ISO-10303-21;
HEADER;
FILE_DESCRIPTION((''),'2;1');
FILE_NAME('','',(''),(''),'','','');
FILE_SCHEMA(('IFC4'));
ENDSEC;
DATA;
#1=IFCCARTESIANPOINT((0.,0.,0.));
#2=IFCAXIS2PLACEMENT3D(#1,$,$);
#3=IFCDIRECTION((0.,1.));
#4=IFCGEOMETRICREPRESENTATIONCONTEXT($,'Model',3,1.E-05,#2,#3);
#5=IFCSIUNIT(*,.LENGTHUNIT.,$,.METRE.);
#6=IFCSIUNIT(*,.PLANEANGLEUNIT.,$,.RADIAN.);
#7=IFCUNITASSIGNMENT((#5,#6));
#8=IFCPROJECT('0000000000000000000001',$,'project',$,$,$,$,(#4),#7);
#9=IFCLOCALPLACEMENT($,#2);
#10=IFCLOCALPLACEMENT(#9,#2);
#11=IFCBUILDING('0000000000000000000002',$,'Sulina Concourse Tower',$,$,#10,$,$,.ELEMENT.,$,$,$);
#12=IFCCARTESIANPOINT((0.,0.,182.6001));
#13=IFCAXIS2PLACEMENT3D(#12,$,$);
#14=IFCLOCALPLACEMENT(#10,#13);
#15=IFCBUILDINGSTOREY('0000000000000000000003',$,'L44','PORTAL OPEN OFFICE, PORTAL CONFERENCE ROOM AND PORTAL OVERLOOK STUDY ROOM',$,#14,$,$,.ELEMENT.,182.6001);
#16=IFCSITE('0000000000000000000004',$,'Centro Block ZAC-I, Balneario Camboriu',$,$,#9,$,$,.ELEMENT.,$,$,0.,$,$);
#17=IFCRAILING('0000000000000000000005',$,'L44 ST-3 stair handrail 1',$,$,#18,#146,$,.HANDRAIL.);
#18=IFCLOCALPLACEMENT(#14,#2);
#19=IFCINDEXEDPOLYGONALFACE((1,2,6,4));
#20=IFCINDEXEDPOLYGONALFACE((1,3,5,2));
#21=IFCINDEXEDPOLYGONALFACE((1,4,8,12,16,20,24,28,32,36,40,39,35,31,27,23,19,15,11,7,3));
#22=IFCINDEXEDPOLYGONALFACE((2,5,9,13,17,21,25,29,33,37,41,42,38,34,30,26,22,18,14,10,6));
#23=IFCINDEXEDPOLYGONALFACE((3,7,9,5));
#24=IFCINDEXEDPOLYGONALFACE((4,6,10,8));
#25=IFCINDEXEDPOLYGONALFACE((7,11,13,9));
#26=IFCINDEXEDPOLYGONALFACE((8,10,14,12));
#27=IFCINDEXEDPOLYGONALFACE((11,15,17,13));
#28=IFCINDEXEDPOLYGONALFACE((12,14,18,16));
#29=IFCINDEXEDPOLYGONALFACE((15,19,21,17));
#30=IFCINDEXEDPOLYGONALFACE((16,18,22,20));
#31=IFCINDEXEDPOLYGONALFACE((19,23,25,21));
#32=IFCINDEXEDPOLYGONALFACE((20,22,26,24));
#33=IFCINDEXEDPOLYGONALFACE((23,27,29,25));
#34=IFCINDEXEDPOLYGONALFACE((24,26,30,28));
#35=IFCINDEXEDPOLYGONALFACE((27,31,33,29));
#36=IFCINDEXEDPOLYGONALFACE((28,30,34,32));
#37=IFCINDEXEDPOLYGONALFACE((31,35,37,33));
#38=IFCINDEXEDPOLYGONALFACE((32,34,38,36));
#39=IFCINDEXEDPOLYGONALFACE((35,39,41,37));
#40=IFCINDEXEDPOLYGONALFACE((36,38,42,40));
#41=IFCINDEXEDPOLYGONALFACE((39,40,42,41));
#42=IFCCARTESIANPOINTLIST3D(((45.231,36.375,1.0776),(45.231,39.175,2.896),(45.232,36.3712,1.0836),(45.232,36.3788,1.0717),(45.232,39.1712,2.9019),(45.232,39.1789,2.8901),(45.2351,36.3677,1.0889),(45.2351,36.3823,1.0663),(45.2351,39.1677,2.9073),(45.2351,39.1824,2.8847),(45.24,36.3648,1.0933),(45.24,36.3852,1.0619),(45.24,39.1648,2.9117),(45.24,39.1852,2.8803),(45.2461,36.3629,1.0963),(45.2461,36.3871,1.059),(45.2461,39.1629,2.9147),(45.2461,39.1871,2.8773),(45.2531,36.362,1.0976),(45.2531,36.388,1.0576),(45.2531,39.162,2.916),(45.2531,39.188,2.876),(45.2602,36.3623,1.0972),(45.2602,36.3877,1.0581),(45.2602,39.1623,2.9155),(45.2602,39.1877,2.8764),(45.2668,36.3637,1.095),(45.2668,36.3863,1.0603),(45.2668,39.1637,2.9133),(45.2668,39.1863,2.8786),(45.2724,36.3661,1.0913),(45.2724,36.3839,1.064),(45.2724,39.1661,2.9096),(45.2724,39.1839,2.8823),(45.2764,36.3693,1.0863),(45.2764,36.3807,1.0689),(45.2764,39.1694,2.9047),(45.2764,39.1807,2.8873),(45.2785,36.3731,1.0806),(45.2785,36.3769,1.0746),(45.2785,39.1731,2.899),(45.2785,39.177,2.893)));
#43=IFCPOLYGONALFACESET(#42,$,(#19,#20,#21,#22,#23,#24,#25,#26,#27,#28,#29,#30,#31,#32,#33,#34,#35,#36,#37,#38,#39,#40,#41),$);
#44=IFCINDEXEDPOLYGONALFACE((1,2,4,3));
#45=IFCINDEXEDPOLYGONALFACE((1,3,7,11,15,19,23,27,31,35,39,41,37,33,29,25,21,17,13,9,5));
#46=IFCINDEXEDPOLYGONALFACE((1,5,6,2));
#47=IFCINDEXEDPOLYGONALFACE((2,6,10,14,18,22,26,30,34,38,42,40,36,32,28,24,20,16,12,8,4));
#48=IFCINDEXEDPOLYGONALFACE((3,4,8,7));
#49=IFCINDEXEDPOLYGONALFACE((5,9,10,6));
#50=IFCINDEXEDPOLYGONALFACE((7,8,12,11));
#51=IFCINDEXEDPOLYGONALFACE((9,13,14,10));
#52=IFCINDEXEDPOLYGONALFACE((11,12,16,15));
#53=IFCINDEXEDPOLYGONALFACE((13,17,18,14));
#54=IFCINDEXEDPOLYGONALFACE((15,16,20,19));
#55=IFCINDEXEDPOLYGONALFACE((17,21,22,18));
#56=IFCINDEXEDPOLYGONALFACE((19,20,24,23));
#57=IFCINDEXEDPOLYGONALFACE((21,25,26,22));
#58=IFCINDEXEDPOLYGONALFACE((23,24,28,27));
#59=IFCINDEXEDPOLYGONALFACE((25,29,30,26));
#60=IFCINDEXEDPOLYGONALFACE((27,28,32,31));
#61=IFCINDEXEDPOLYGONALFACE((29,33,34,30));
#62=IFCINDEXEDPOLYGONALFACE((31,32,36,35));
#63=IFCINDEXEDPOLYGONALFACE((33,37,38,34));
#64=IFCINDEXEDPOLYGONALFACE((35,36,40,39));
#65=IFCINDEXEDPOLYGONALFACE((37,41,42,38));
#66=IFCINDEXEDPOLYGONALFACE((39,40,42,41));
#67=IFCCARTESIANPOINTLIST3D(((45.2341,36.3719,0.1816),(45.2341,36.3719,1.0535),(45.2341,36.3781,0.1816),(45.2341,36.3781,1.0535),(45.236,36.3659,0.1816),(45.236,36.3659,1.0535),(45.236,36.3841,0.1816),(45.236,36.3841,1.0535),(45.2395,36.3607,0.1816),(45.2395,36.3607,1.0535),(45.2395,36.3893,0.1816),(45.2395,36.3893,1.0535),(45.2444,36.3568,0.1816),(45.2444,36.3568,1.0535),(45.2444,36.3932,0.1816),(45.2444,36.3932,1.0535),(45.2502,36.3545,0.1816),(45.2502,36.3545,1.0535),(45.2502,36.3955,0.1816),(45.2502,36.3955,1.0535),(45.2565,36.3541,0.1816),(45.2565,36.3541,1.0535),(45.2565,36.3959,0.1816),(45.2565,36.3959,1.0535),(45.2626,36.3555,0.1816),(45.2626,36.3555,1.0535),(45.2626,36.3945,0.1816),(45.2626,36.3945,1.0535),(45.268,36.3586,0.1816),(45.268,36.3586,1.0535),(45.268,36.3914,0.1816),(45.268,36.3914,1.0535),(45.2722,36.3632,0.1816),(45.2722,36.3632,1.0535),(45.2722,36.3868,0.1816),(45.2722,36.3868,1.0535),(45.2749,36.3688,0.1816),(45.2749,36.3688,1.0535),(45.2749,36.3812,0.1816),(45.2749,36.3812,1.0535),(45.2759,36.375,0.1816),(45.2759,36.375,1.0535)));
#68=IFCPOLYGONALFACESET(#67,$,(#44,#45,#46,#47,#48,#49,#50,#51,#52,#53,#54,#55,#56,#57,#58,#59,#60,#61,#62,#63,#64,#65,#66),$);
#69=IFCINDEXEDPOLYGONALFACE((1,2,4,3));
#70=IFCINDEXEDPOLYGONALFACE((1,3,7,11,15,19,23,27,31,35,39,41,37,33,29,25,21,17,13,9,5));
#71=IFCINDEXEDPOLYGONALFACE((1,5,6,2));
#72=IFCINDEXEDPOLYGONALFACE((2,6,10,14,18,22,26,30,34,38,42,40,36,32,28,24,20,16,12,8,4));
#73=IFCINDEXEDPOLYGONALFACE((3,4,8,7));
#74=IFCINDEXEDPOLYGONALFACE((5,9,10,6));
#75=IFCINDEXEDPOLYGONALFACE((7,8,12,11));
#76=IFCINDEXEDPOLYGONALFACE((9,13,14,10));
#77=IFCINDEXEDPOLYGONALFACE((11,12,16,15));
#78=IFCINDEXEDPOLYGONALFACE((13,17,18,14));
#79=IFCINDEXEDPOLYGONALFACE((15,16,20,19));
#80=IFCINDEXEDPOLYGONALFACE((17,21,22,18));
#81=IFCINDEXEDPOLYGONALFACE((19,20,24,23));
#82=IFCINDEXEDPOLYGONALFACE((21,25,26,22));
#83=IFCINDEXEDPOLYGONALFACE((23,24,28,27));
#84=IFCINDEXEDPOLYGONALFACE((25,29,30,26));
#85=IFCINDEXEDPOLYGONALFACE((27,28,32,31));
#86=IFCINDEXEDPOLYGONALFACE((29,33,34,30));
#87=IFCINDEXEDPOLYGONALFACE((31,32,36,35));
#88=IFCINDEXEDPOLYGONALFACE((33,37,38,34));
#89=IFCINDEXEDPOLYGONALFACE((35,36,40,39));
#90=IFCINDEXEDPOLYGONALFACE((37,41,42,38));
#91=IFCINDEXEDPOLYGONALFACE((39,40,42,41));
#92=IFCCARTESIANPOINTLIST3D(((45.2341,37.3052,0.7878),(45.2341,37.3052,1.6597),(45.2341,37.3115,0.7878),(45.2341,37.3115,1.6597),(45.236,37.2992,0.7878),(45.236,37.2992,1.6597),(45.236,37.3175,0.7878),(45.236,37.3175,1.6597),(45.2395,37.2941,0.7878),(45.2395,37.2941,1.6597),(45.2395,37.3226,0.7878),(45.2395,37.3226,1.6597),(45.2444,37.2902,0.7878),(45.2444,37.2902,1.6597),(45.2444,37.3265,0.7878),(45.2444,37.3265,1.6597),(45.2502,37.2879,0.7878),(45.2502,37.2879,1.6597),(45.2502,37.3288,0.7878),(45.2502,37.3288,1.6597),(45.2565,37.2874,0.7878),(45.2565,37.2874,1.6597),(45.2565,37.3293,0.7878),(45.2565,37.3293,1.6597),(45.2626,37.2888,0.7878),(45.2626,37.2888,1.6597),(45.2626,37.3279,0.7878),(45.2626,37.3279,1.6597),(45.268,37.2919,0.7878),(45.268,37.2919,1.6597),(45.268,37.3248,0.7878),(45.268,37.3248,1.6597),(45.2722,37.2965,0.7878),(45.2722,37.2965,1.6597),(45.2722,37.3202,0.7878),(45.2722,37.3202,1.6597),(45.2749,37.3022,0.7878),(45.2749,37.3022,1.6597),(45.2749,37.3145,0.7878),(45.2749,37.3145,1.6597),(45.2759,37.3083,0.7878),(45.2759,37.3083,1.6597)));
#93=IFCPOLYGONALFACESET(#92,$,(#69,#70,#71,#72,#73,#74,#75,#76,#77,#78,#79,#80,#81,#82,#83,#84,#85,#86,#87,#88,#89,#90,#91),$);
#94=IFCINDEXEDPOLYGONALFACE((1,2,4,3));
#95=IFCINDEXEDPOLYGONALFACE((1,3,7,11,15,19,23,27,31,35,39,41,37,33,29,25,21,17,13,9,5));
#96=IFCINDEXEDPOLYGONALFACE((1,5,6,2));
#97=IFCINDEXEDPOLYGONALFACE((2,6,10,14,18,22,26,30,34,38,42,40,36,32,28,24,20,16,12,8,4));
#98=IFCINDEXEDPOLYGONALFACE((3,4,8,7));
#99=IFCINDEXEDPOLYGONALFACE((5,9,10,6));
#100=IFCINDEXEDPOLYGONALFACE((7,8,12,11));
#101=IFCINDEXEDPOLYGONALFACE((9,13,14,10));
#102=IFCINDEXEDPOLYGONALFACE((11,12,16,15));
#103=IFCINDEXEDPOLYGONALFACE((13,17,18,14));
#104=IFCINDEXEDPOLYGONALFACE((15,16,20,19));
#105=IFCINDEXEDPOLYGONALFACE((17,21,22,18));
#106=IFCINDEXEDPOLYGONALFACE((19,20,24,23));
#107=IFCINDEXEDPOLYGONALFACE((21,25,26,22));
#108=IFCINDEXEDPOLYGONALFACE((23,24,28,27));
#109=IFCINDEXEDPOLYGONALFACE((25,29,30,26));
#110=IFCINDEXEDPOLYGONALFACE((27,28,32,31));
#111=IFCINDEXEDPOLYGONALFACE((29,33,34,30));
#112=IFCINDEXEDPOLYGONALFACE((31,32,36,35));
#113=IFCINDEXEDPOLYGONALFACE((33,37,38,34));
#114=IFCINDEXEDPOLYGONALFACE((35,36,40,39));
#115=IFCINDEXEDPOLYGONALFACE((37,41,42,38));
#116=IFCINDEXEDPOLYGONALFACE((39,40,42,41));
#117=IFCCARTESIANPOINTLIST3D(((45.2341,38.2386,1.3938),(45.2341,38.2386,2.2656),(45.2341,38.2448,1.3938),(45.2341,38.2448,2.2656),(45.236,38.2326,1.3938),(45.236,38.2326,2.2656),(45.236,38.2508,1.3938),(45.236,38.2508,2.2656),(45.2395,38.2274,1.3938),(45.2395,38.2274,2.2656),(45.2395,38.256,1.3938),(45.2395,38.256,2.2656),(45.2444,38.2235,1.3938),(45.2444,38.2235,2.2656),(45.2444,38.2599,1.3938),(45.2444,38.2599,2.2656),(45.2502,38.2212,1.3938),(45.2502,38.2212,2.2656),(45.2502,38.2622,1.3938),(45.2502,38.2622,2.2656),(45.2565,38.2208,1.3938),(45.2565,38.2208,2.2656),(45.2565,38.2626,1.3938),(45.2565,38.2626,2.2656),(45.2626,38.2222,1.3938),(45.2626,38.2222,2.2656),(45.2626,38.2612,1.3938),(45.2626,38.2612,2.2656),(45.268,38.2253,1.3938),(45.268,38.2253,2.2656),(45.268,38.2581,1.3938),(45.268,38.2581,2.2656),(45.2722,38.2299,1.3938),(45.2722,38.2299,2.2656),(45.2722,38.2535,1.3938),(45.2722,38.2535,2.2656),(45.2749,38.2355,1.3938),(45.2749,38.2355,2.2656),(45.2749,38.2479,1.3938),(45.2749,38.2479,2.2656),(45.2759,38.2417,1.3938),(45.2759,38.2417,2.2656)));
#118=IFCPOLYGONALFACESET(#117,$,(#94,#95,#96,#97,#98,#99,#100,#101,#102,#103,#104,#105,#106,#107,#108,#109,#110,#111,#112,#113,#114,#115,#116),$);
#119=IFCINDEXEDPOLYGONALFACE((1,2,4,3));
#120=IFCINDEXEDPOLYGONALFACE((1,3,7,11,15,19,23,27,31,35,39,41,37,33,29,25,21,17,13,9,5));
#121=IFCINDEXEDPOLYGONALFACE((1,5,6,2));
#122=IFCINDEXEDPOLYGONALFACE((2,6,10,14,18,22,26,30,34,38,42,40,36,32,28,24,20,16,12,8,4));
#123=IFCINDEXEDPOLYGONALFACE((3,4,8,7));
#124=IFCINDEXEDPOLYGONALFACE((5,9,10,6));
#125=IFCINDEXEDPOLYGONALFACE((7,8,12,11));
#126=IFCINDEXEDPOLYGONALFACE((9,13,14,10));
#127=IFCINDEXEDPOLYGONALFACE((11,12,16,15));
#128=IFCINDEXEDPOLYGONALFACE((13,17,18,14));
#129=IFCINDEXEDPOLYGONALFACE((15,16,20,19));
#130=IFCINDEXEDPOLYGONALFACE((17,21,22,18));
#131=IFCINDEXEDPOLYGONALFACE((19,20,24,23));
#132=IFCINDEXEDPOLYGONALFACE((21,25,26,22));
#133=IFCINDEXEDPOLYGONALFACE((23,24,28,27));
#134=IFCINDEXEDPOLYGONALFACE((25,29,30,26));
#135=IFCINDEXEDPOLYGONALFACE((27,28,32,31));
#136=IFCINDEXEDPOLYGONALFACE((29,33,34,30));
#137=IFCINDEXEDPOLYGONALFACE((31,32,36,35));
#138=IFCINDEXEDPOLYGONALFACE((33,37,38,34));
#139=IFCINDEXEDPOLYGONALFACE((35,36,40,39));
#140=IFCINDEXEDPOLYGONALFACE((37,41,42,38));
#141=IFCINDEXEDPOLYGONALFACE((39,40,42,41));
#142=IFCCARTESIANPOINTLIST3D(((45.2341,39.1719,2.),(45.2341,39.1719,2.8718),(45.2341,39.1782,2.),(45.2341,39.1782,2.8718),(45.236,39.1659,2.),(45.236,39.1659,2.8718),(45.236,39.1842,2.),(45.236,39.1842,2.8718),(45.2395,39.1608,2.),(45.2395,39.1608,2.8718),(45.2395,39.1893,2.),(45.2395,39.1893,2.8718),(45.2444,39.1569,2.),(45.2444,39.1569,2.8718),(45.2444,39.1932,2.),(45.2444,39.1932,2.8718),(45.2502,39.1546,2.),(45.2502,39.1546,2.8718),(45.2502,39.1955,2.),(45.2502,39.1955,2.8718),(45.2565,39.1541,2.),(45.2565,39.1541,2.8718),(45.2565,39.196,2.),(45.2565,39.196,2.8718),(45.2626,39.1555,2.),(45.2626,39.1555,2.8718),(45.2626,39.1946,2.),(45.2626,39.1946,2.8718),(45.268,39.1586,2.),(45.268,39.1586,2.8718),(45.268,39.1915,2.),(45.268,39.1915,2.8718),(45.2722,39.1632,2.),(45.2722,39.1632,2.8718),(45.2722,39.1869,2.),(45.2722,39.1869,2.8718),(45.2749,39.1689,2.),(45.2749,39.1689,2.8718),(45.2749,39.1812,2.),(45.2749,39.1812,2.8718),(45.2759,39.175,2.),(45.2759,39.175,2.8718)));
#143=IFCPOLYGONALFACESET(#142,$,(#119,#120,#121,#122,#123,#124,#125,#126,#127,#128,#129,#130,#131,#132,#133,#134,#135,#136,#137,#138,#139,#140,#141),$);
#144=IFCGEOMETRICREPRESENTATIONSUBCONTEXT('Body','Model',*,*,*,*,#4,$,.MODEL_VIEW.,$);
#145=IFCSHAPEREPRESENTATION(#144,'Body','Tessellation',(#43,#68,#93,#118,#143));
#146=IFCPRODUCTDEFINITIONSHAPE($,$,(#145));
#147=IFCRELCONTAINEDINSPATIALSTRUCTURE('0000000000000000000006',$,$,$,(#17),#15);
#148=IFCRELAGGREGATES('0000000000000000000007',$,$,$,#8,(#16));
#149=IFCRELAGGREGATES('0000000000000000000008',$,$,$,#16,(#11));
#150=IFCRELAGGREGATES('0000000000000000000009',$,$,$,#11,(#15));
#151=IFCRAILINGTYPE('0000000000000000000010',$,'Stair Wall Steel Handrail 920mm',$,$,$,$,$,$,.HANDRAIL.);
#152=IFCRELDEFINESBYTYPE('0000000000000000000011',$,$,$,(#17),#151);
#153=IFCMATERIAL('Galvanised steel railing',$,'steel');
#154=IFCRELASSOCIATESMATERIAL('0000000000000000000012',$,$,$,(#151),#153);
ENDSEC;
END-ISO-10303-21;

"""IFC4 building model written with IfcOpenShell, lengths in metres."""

from ifc_helpers import new_model, si_unit, direction, frame, origin, origin_2d, place, context, subcontext, project, spatial, circle, extrude, material, type_object, element, save


model = new_model("IFC4")

# Units and contexts
model_context = context("Model", 3, precision=1e-05, world=origin(), true_north=direction((0.0, 1.0)))
body_context = subcontext(model_context, "Body", "Model", "MODEL_VIEW")
ifc_project = project(units=[si_unit("LENGTHUNIT", "METRE"), si_unit("PLANEANGLEUNIT", "RADIAN")], contexts=[model_context])

# Site, building, storey
site_placement = place(None, origin())
site = spatial("IfcSite", under=ifc_project, at=site_placement, Name="Centro Block ZAC-I, Balneario Camboriu", CompositionType="ELEMENT", RefElevation=0.0)
building_placement = place(site_placement, origin())
building = spatial("IfcBuilding", under=site, at=building_placement, Name="Sulina Concourse Tower", CompositionType="ELEMENT")
storey_placement = place(building_placement, frame((0.0, 0.0, 182.6001)))
storey = spatial("IfcBuildingStorey", under=building, at=storey_placement, Name="L44", Description="PORTAL OPEN OFFICE, PORTAL CONFERENCE ROOM AND PORTAL OVERLOOK STUDY ROOM", CompositionType="ELEMENT", Elevation=182.6001)

# Railing
ifc_material_1 = material(Name="Galvanised steel railing", Category="steel")
railing_type_1 = type_object("IfcRailingType", Name="Stair Wall Steel Handrail 920mm", PredefinedType="HANDRAIL", material=ifc_material_1)
railing_1_placement = place(storey_placement, frame((45.2549, 36.375, 0.1816)))
element("IfcRailing", 1, at=railing_1_placement, inside=storey, type_object=railing_type_1, Name="L44 ST-3 stair handrail 1", PredefinedType="HANDRAIL", context=body_context, shape_type="SweptSolid", body=[
    extrude(circle(Radius=0.0239, at=origin_2d()), frame((0.0, 0.0, 0.896), z_axis=(0.0, 0.838672, 0.544636), x_axis=(-1.0, 0.0, 0.0)), (0.0, 0.0, 1.0), 3.3386),
    extrude(circle(Radius=0.021, at=origin_2d()), origin(), (0.0, 0.0, 1.0), 0.8718),
    extrude(circle(Radius=0.021, at=origin_2d()), frame((0.0, 0.9333, 0.6062)), (0.0, 0.0, 1.0), 0.8718),
    extrude(circle(Radius=0.021, at=origin_2d()), frame((0.0, 1.8667, 1.2122)), (0.0, 0.0, 1.0), 0.8718),
    extrude(circle(Radius=0.021, at=origin_2d()), frame((0.0, 2.8, 1.8184)), (0.0, 0.0, 1.0), 0.8718),
])

save(model, "model.ifc")
